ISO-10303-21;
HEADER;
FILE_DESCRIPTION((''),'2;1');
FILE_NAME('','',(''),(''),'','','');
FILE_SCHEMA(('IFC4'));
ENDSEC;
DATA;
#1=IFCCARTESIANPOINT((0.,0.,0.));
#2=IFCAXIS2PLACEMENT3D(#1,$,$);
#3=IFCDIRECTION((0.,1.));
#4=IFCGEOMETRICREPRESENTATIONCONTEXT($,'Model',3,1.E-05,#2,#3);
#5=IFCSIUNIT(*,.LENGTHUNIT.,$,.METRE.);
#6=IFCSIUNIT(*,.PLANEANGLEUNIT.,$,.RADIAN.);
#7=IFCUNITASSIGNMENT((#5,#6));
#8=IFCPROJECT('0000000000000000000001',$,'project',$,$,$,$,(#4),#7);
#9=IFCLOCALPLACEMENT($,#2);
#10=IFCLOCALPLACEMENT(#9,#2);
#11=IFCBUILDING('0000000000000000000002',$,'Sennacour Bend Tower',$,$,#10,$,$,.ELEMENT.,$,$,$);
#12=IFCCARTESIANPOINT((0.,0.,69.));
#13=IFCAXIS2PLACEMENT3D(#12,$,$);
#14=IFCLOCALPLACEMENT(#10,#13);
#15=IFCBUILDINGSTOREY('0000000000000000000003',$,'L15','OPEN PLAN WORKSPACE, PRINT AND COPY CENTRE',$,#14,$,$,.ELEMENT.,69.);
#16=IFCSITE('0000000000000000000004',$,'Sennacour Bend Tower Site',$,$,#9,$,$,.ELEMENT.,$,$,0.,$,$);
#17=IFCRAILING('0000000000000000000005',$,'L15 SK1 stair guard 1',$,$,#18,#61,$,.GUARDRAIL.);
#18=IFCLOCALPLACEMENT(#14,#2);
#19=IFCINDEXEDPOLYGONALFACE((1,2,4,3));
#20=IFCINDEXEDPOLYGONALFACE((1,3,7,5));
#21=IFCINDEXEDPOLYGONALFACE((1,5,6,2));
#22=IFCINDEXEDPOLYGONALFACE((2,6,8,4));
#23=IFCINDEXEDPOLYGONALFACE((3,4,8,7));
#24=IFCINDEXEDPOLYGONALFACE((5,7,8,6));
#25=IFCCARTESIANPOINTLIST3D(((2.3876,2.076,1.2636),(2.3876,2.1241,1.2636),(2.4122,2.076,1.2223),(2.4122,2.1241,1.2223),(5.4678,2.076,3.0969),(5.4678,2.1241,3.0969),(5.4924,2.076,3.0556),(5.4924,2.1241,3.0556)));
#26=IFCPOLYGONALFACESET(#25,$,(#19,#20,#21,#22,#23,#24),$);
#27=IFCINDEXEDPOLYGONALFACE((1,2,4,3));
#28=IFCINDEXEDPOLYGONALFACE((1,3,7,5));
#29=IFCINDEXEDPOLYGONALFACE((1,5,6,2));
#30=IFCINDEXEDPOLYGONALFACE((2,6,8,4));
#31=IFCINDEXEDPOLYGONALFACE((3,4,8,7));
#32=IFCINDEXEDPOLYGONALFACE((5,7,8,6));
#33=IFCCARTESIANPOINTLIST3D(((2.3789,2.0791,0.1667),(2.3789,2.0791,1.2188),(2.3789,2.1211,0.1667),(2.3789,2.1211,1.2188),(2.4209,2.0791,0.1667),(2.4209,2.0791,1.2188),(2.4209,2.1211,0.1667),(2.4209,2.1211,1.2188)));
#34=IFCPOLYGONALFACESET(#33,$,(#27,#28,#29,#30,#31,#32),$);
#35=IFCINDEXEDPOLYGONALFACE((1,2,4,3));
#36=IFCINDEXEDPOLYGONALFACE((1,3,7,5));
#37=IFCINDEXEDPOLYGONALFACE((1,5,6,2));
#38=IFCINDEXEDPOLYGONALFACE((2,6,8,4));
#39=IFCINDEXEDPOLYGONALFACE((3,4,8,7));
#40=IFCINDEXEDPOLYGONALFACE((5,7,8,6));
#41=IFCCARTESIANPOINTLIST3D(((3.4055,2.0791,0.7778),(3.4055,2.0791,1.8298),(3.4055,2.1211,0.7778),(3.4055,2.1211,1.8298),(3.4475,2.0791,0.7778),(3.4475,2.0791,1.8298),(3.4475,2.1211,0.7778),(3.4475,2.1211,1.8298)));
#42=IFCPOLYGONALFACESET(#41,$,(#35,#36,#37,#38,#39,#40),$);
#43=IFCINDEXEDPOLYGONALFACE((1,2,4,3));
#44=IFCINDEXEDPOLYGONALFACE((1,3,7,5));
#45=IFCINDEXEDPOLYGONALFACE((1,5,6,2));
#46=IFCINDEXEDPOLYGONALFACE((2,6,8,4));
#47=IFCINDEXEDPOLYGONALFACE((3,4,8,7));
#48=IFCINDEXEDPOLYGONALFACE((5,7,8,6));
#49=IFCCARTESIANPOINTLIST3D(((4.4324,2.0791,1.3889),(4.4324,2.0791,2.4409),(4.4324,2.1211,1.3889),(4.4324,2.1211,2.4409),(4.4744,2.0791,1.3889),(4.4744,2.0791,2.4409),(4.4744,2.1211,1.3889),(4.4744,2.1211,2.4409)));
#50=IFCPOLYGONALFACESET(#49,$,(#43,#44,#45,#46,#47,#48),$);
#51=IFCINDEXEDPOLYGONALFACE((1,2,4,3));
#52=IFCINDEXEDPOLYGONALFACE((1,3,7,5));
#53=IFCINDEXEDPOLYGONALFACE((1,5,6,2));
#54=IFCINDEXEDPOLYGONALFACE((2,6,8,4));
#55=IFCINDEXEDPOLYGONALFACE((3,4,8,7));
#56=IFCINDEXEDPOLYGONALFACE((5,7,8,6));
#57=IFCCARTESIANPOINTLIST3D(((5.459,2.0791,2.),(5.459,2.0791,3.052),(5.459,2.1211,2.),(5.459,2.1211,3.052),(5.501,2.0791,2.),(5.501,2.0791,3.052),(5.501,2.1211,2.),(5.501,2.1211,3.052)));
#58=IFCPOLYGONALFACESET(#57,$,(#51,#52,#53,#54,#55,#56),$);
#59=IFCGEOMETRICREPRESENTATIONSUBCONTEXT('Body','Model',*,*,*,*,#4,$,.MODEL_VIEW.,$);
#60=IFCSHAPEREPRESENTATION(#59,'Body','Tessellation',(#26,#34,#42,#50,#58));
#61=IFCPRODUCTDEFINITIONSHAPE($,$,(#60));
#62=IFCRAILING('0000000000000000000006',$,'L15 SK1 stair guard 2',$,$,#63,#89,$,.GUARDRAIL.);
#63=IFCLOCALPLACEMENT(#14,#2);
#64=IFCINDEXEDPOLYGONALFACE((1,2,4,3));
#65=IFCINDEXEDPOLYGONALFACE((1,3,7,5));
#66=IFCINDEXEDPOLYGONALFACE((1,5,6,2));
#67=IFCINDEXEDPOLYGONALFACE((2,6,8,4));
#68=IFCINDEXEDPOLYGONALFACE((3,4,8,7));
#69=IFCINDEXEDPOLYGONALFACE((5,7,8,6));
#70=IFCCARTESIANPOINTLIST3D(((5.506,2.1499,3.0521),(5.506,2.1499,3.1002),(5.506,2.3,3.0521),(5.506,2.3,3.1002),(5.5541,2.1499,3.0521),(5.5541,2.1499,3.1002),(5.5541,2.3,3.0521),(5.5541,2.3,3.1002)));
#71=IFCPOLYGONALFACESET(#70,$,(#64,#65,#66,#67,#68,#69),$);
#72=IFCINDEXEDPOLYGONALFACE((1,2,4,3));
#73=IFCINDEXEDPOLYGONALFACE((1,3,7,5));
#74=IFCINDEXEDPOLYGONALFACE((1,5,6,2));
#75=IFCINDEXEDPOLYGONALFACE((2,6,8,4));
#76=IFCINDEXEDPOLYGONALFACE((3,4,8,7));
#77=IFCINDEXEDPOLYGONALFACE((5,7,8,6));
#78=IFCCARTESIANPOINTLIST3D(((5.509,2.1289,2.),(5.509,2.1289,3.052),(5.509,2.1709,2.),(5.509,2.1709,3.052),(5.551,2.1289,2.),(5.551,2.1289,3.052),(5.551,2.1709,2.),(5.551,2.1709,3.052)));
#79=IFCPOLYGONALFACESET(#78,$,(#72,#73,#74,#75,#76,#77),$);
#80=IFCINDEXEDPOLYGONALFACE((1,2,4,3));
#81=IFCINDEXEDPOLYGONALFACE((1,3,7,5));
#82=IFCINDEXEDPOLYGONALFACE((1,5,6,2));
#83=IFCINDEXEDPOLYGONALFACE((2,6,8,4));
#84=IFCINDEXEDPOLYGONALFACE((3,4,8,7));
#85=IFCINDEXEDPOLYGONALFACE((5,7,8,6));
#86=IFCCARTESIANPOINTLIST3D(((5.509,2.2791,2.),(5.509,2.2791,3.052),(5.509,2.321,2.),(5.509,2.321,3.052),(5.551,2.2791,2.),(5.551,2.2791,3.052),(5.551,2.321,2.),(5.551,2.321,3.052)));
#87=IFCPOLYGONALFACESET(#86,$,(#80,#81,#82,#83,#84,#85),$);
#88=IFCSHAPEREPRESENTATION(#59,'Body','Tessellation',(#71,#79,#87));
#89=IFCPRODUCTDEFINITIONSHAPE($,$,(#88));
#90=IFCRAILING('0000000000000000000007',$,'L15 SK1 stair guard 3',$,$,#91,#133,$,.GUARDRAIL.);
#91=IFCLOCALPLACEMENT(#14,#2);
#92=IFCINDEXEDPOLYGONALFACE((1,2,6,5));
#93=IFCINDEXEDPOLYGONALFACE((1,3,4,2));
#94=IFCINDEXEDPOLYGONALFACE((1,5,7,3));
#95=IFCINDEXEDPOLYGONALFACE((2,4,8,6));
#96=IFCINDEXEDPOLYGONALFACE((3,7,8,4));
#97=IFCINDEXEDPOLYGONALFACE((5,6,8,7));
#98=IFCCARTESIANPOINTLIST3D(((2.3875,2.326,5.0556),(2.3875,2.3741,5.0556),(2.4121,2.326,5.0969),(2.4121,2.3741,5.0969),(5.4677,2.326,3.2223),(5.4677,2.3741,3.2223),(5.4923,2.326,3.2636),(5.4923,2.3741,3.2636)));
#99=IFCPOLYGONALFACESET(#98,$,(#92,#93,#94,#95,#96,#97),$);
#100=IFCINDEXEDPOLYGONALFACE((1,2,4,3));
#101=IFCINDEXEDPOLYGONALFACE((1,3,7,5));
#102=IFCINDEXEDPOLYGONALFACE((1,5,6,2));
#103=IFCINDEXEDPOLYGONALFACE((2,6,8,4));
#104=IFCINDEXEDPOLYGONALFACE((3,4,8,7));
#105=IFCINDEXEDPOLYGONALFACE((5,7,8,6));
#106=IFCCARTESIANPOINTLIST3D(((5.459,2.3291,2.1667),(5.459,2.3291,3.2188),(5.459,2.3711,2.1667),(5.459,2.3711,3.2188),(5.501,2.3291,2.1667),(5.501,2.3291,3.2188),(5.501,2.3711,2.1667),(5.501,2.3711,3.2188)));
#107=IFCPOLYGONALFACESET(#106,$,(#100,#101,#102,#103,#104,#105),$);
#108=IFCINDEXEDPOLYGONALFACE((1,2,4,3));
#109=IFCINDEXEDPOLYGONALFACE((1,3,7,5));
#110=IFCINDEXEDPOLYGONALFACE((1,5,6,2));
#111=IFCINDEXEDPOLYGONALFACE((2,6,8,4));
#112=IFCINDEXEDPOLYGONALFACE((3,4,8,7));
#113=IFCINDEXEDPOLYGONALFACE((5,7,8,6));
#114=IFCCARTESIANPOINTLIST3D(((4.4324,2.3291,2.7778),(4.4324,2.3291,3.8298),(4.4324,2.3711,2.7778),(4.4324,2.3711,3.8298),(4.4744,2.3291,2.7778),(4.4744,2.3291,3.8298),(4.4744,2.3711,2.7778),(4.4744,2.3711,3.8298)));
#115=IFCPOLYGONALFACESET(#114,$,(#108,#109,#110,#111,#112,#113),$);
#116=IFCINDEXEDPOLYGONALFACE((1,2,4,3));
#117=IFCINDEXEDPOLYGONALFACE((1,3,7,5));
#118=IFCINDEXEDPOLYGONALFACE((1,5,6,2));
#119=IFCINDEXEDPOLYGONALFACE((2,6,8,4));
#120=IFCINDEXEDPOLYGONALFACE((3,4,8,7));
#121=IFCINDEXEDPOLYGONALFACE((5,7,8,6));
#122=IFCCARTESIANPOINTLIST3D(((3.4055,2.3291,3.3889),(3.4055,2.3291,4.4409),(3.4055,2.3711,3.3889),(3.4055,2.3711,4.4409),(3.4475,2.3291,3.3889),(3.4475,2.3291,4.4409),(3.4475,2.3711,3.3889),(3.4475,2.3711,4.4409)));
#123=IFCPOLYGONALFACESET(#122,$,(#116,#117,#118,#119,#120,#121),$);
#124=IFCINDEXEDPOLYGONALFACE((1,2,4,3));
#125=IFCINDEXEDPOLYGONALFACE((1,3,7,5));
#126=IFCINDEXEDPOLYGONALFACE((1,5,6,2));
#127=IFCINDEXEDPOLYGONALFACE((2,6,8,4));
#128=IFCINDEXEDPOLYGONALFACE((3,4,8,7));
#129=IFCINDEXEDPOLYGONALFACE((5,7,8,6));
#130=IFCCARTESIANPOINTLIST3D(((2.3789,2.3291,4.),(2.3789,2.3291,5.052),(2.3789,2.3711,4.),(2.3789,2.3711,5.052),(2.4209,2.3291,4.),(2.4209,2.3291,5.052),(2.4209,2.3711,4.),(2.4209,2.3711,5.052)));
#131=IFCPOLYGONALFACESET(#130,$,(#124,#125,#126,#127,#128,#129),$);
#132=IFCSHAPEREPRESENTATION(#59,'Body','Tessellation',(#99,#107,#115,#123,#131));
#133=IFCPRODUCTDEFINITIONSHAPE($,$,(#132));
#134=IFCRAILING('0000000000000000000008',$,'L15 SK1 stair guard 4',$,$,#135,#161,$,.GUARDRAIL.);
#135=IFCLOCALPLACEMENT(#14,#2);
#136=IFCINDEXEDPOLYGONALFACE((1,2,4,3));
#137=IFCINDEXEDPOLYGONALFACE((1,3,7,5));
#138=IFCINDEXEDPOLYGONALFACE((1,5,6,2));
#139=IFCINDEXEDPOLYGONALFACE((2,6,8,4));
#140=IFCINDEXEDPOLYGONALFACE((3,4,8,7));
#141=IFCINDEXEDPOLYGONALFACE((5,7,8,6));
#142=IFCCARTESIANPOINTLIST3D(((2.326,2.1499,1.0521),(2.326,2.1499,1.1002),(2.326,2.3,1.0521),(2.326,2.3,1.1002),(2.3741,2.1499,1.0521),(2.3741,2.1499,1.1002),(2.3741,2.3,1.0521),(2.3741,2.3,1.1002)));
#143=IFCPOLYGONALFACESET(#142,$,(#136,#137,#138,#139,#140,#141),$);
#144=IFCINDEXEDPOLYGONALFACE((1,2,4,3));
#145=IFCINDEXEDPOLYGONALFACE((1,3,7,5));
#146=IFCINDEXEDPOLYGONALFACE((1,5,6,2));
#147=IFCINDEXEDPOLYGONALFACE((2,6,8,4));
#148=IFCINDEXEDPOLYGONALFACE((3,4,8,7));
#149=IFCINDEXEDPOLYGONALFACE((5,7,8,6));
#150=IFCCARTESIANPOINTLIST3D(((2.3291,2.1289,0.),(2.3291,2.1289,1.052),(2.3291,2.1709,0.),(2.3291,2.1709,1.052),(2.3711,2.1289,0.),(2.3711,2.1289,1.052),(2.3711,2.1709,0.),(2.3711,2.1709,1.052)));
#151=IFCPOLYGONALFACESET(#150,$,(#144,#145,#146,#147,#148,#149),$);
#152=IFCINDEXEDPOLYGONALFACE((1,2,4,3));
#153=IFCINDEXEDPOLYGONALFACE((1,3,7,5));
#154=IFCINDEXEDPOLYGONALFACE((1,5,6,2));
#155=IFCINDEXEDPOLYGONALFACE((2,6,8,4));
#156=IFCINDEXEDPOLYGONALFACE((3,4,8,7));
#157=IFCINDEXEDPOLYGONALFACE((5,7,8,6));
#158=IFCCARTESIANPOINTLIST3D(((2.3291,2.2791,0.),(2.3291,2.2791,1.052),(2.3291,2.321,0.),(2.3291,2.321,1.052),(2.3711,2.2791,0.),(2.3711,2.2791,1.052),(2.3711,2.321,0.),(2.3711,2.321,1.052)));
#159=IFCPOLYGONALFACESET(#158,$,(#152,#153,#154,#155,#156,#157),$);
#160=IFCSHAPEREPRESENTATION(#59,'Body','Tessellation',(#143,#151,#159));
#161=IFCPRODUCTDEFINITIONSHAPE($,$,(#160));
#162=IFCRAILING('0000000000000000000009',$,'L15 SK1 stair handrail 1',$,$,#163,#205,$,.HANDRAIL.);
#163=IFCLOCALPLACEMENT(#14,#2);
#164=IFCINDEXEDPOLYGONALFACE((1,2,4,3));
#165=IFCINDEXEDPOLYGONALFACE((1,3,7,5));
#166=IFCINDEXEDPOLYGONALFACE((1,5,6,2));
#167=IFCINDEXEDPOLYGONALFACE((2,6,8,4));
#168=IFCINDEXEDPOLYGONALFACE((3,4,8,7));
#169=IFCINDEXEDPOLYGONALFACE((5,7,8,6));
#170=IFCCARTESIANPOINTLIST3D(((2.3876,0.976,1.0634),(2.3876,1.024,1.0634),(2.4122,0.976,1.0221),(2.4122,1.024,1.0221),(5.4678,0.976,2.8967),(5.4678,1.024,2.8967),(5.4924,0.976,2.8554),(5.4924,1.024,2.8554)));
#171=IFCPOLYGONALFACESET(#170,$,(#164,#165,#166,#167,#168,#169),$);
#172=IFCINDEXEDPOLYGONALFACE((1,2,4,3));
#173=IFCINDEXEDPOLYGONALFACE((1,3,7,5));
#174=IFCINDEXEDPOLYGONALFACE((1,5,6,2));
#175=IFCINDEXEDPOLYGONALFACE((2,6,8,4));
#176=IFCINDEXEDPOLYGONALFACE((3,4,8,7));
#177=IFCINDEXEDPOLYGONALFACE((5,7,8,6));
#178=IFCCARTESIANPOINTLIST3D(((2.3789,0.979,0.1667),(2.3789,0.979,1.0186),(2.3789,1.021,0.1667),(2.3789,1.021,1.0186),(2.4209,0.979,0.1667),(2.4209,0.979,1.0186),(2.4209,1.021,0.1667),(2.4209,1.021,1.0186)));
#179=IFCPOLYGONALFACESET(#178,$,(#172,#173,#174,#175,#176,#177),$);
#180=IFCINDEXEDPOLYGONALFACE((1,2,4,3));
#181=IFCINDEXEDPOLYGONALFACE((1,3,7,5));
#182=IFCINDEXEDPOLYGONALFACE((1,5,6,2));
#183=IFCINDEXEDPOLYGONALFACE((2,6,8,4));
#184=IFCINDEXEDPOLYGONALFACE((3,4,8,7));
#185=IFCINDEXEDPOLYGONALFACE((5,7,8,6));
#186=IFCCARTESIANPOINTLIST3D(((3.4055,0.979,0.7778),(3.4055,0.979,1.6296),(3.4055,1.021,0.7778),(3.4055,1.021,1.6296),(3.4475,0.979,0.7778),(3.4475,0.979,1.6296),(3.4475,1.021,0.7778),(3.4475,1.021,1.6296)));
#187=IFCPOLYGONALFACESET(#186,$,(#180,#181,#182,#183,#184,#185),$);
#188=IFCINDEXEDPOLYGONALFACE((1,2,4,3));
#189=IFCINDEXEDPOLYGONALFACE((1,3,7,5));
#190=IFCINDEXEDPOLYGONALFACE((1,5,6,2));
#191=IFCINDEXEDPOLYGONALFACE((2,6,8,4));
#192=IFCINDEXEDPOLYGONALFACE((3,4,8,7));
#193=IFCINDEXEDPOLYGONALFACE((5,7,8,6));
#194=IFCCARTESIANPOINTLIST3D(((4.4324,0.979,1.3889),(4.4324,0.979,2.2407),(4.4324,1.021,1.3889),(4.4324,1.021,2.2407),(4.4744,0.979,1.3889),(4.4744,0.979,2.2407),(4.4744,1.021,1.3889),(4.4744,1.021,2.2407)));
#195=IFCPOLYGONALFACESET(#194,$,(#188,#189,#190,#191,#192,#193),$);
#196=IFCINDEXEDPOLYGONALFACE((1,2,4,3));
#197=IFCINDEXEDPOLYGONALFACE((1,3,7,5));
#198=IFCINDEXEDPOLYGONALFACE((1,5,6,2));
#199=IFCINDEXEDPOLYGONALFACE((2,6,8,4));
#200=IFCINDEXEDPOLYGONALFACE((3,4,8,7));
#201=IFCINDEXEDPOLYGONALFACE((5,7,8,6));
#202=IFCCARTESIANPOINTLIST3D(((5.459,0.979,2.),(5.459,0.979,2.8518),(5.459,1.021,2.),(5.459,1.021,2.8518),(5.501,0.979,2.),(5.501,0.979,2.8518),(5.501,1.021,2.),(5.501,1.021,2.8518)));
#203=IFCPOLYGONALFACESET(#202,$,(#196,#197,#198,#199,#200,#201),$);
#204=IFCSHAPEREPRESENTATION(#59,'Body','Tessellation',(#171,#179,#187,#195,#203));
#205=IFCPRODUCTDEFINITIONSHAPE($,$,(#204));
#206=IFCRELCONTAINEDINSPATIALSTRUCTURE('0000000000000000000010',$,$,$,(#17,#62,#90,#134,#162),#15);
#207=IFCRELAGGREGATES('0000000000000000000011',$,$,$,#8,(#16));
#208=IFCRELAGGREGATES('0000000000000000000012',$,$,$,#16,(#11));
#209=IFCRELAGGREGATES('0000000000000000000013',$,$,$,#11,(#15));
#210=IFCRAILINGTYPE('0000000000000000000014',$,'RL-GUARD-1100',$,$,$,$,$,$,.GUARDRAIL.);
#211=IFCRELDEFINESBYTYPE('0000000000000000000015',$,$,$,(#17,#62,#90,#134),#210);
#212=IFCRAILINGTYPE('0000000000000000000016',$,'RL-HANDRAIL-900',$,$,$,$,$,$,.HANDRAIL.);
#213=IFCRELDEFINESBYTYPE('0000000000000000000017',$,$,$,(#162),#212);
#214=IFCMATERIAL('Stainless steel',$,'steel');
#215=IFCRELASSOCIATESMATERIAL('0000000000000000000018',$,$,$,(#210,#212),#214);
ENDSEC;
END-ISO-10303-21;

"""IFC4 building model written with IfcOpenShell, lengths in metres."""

from ifc_helpers import new_model, si_unit, direction, frame, origin, origin_2d, place, context, subcontext, project, spatial, rectangle, extrude, material, type_object, element, save


model = new_model("IFC4")

# Units and contexts
model_context = context("Model", 3, precision=1e-05, world=origin(), true_north=direction((0.0, 1.0)))
body_context = subcontext(model_context, "Body", "Model", "MODEL_VIEW")
ifc_project = project(units=[si_unit("LENGTHUNIT", "METRE"), si_unit("PLANEANGLEUNIT", "RADIAN")], contexts=[model_context])

# Site, building, storey
site_placement = place(None, origin())
site = spatial("IfcSite", under=ifc_project, at=site_placement, Name="Sennacour Bend Tower Site", CompositionType="ELEMENT", RefElevation=0.0)
building_placement = place(site_placement, origin())
building = spatial("IfcBuilding", under=site, at=building_placement, Name="Sennacour Bend Tower", CompositionType="ELEMENT")
storey_placement = place(building_placement, frame((0.0, 0.0, 69.0)))
storey = spatial("IfcBuildingStorey", under=building, at=storey_placement, Name="L15", Description="OPEN PLAN WORKSPACE, PRINT AND COPY CENTRE", CompositionType="ELEMENT", Elevation=69.0)

# Railings
ifc_material_1 = material(Name="Stainless steel", Category="steel")
railing_type_1 = type_object("IfcRailingType", Name="RL-GUARD-1100", PredefinedType="GUARDRAIL", material=ifc_material_1)
railing_1_placement = place(storey_placement, frame((2.3999, 2.1001, 0.1667)))
element("IfcRailing", 1, at=railing_1_placement, inside=storey, type_object=railing_type_1, Name="L15 SK1 stair guard 1", PredefinedType="GUARDRAIL", context=body_context, shape_type="SweptSolid", body=[
    extrude(rectangle(XDim=0.0481, YDim=0.0481, at=origin_2d()), frame((0.0, 0.0, 1.0762), z_axis=(0.859309, 0.0, 0.511458), x_axis=(0.0, 1.0, 0.0)), (0.0, 0.0, 1.0), 3.5845),
    extrude(rectangle(XDim=0.042, YDim=0.042, at=origin_2d()), origin(), (0.0, 0.0, 1.0), 1.052),
    extrude(rectangle(XDim=0.042, YDim=0.042, at=origin_2d()), frame((1.0266, 0.0, 0.6111)), (0.0, 0.0, 1.0), 1.052),
    extrude(rectangle(XDim=0.042, YDim=0.042, at=origin_2d()), frame((2.0535, 0.0, 1.2222)), (0.0, 0.0, 1.0), 1.052),
    extrude(rectangle(XDim=0.042, YDim=0.042, at=origin_2d()), frame((3.0801, 0.0, 1.8333)), (0.0, 0.0, 1.0), 1.052),
])
railing_2_placement = place(storey_placement, frame((5.53, 2.1499, 2.0)))
element("IfcRailing", 2, at=railing_2_placement, inside=storey, type_object=railing_type_1, Name="L15 SK1 stair guard 2", PredefinedType="GUARDRAIL", context=body_context, shape_type="SweptSolid", body=[
    extrude(rectangle(XDim=0.0481, YDim=0.0481, at=origin_2d()), frame((0.0, 0.0, 1.0762), z_axis=(0.0, 1.0, 0.0), x_axis=(-1.0, 0.0, 0.0)), (0.0, 0.0, 1.0), 0.1501),
    extrude(rectangle(XDim=0.042, YDim=0.042, at=origin_2d()), origin(), (0.0, 0.0, 1.0), 1.052),
    extrude(rectangle(XDim=0.042, YDim=0.042, at=origin_2d()), frame((0.0, 0.1501, 0.0)), (0.0, 0.0, 1.0), 1.052),
])
railing_3_placement = place(storey_placement, frame((5.48, 2.3501, 2.1667)))
element("IfcRailing", 3, at=railing_3_placement, inside=storey, type_object=railing_type_1, Name="L15 SK1 stair guard 3", PredefinedType="GUARDRAIL", context=body_context, shape_type="SweptSolid", body=[
    extrude(rectangle(XDim=0.0481, YDim=0.0481, at=origin_2d()), frame((0.0, 0.0, 1.0762), z_axis=(-0.859309, 0.0, 0.511458), x_axis=(0.0, -1.0, 0.0)), (0.0, 0.0, 1.0), 3.5845),
    extrude(rectangle(XDim=0.042, YDim=0.042, at=origin_2d()), origin(), (0.0, 0.0, 1.0), 1.052),
    extrude(rectangle(XDim=0.042, YDim=0.042, at=origin_2d()), frame((-1.0266, 0.0, 0.6111)), (0.0, 0.0, 1.0), 1.052),
    extrude(rectangle(XDim=0.042, YDim=0.042, at=origin_2d()), frame((-2.0535, 0.0, 1.2222)), (0.0, 0.0, 1.0), 1.052),
    extrude(rectangle(XDim=0.042, YDim=0.042, at=origin_2d()), frame((-3.0801, 0.0, 1.8333)), (0.0, 0.0, 1.0), 1.052),
])
railing_4_placement = place(storey_placement, frame((2.3501, 2.1499, 0.0)))
element("IfcRailing", 4, at=railing_4_placement, inside=storey, type_object=railing_type_1, Name="L15 SK1 stair guard 4", PredefinedType="GUARDRAIL", context=body_context, shape_type="SweptSolid", body=[
    extrude(rectangle(XDim=0.0481, YDim=0.0481, at=origin_2d()), frame((0.0, 0.0, 1.0762), z_axis=(0.0, 1.0, 0.0), x_axis=(-1.0, 0.0, 0.0)), (0.0, 0.0, 1.0), 0.1501),
    extrude(rectangle(XDim=0.042, YDim=0.042, at=origin_2d()), origin(), (0.0, 0.0, 1.0), 1.052),
    extrude(rectangle(XDim=0.042, YDim=0.042, at=origin_2d()), frame((0.0, 0.1501, 0.0)), (0.0, 0.0, 1.0), 1.052),
])
railing_type_2 = type_object("IfcRailingType", Name="RL-HANDRAIL-900", PredefinedType="HANDRAIL", material=ifc_material_1)
railing_5_placement = place(storey_placement, frame((2.3999, 1.0, 0.1667)))
element("IfcRailing", 5, at=railing_5_placement, inside=storey, type_object=railing_type_2, Name="L15 SK1 stair handrail 1", PredefinedType="HANDRAIL", context=body_context, shape_type="SweptSolid", body=[
    extrude(rectangle(XDim=0.0481, YDim=0.0481, at=origin_2d()), frame((0.0, 0.0, 0.876), z_axis=(0.859309, 0.0, 0.511458), x_axis=(0.0, 1.0, 0.0)), (0.0, 0.0, 1.0), 3.5845),
    extrude(rectangle(XDim=0.042, YDim=0.042, at=origin_2d()), origin(), (0.0, 0.0, 1.0), 0.8518),
    extrude(rectangle(XDim=0.042, YDim=0.042, at=origin_2d()), frame((1.0266, 0.0, 0.6111)), (0.0, 0.0, 1.0), 0.8518),
    extrude(rectangle(XDim=0.042, YDim=0.042, at=origin_2d()), frame((2.0535, 0.0, 1.2222)), (0.0, 0.0, 1.0), 0.8518),
    extrude(rectangle(XDim=0.042, YDim=0.042, at=origin_2d()), frame((3.0801, 0.0, 1.8333)), (0.0, 0.0, 1.0), 0.8518),
])

save(model, "model.ifc")
